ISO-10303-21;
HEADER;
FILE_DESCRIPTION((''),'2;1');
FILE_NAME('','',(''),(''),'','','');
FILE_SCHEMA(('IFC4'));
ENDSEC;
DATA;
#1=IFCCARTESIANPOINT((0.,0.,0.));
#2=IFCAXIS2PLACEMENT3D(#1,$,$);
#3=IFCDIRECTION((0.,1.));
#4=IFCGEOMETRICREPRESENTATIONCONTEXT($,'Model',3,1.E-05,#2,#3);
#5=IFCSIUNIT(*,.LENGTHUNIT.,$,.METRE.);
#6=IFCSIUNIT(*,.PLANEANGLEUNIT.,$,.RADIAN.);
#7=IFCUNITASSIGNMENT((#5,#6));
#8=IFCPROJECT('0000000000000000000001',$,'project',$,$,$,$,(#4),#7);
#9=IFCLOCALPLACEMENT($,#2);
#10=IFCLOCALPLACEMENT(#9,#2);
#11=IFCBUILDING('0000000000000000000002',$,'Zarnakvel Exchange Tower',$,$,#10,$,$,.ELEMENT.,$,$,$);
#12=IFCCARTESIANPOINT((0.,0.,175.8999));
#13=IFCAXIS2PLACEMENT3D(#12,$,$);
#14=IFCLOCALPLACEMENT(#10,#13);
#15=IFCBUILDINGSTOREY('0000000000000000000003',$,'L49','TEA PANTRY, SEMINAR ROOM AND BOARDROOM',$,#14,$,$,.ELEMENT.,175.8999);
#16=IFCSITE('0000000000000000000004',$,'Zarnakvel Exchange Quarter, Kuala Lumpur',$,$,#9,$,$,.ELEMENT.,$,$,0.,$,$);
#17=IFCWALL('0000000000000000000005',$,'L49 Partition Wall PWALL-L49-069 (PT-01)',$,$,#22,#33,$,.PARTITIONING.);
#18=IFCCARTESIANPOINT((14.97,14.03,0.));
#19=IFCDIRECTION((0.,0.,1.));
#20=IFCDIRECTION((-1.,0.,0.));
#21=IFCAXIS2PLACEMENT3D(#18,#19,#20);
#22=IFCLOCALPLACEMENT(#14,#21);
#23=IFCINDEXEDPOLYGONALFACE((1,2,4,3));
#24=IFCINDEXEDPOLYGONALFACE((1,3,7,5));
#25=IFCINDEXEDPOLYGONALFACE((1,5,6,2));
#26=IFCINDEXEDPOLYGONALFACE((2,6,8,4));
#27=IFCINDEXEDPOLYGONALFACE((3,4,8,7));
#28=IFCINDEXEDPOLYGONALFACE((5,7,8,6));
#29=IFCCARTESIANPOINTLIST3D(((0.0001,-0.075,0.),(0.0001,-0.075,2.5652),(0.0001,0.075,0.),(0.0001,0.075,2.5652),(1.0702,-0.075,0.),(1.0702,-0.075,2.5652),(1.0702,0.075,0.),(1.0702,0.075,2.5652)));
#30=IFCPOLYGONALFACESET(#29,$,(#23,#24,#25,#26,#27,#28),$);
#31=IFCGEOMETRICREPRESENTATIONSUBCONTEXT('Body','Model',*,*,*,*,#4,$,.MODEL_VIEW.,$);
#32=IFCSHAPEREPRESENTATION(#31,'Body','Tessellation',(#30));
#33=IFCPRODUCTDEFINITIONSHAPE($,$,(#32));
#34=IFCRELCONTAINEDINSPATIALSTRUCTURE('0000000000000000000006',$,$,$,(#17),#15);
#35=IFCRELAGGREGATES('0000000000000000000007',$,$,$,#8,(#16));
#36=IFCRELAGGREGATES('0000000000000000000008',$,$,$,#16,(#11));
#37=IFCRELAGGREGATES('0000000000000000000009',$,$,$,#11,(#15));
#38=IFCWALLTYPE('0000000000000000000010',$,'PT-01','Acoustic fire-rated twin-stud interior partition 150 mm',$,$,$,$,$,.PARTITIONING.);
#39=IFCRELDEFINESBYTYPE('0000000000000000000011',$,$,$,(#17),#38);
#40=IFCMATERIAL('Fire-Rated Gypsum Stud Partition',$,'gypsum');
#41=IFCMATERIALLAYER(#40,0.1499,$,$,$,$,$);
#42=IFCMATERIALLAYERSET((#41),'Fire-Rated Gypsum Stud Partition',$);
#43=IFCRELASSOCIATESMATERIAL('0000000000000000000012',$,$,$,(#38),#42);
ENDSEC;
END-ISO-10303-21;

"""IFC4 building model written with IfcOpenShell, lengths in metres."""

from ifc_helpers import new_model, si_unit, direction, frame, frame_2d, origin, place, context, subcontext, project, spatial, rectangle, extrude, material, layer, layer_set, type_object, element, save


model = new_model("IFC4")

# Units and contexts
model_context = context("Model", 3, precision=1e-05, world=origin(), true_north=direction((0.0, 1.0)))
body_context = subcontext(model_context, "Body", "Model", "MODEL_VIEW")
ifc_project = project(units=[si_unit("LENGTHUNIT", "METRE"), si_unit("PLANEANGLEUNIT", "RADIAN")], contexts=[model_context])

# Site, building, storey
site_placement = place(None, origin())
site = spatial("IfcSite", under=ifc_project, at=site_placement, Name="Zarnakvel Exchange Quarter, Kuala Lumpur", CompositionType="ELEMENT", RefElevation=0.0)
building_placement = place(site_placement, origin())
building = spatial("IfcBuilding", under=site, at=building_placement, Name="Zarnakvel Exchange Tower", CompositionType="ELEMENT")
storey_placement = place(building_placement, frame((0.0, 0.0, 175.8999)))
storey = spatial("IfcBuildingStorey", under=building, at=storey_placement, Name="L49", Description="TEA PANTRY, SEMINAR ROOM AND BOARDROOM", CompositionType="ELEMENT", Elevation=175.8999)

# Wall
ifc_material_1 = material(Name="Fire-Rated Gypsum Stud Partition", Category="gypsum")
ifc_layer_1 = layer(ifc_material_1, 0.1499)
ifc_layer_set_1 = layer_set([ifc_layer_1], Name="Fire-Rated Gypsum Stud Partition")
wall_type_1 = type_object("IfcWallType", Name="PT-01", Description="Acoustic fire-rated twin-stud interior partition 150 mm", PredefinedType="PARTITIONING", material=ifc_layer_set_1)
wall_1_placement = place(storey_placement, frame((14.97, 14.03, 0.0), z_axis=(0.0, 0.0, 1.0), x_axis=(-1.0, 0.0, 0.0)))
element("IfcWall", 1, at=wall_1_placement, inside=storey, type_object=wall_type_1, Name="L49 Partition Wall PWALL-L49-069 (PT-01)", PredefinedType="PARTITIONING", context=body_context, shape_type="SweptSolid", body=[
    extrude(rectangle(XDim=1.0701, YDim=0.1499, at=frame_2d((0.5352, 0.0))), origin(), (0.0, 0.0, 1.0), 2.5652),
])

save(model, "model.ifc")
